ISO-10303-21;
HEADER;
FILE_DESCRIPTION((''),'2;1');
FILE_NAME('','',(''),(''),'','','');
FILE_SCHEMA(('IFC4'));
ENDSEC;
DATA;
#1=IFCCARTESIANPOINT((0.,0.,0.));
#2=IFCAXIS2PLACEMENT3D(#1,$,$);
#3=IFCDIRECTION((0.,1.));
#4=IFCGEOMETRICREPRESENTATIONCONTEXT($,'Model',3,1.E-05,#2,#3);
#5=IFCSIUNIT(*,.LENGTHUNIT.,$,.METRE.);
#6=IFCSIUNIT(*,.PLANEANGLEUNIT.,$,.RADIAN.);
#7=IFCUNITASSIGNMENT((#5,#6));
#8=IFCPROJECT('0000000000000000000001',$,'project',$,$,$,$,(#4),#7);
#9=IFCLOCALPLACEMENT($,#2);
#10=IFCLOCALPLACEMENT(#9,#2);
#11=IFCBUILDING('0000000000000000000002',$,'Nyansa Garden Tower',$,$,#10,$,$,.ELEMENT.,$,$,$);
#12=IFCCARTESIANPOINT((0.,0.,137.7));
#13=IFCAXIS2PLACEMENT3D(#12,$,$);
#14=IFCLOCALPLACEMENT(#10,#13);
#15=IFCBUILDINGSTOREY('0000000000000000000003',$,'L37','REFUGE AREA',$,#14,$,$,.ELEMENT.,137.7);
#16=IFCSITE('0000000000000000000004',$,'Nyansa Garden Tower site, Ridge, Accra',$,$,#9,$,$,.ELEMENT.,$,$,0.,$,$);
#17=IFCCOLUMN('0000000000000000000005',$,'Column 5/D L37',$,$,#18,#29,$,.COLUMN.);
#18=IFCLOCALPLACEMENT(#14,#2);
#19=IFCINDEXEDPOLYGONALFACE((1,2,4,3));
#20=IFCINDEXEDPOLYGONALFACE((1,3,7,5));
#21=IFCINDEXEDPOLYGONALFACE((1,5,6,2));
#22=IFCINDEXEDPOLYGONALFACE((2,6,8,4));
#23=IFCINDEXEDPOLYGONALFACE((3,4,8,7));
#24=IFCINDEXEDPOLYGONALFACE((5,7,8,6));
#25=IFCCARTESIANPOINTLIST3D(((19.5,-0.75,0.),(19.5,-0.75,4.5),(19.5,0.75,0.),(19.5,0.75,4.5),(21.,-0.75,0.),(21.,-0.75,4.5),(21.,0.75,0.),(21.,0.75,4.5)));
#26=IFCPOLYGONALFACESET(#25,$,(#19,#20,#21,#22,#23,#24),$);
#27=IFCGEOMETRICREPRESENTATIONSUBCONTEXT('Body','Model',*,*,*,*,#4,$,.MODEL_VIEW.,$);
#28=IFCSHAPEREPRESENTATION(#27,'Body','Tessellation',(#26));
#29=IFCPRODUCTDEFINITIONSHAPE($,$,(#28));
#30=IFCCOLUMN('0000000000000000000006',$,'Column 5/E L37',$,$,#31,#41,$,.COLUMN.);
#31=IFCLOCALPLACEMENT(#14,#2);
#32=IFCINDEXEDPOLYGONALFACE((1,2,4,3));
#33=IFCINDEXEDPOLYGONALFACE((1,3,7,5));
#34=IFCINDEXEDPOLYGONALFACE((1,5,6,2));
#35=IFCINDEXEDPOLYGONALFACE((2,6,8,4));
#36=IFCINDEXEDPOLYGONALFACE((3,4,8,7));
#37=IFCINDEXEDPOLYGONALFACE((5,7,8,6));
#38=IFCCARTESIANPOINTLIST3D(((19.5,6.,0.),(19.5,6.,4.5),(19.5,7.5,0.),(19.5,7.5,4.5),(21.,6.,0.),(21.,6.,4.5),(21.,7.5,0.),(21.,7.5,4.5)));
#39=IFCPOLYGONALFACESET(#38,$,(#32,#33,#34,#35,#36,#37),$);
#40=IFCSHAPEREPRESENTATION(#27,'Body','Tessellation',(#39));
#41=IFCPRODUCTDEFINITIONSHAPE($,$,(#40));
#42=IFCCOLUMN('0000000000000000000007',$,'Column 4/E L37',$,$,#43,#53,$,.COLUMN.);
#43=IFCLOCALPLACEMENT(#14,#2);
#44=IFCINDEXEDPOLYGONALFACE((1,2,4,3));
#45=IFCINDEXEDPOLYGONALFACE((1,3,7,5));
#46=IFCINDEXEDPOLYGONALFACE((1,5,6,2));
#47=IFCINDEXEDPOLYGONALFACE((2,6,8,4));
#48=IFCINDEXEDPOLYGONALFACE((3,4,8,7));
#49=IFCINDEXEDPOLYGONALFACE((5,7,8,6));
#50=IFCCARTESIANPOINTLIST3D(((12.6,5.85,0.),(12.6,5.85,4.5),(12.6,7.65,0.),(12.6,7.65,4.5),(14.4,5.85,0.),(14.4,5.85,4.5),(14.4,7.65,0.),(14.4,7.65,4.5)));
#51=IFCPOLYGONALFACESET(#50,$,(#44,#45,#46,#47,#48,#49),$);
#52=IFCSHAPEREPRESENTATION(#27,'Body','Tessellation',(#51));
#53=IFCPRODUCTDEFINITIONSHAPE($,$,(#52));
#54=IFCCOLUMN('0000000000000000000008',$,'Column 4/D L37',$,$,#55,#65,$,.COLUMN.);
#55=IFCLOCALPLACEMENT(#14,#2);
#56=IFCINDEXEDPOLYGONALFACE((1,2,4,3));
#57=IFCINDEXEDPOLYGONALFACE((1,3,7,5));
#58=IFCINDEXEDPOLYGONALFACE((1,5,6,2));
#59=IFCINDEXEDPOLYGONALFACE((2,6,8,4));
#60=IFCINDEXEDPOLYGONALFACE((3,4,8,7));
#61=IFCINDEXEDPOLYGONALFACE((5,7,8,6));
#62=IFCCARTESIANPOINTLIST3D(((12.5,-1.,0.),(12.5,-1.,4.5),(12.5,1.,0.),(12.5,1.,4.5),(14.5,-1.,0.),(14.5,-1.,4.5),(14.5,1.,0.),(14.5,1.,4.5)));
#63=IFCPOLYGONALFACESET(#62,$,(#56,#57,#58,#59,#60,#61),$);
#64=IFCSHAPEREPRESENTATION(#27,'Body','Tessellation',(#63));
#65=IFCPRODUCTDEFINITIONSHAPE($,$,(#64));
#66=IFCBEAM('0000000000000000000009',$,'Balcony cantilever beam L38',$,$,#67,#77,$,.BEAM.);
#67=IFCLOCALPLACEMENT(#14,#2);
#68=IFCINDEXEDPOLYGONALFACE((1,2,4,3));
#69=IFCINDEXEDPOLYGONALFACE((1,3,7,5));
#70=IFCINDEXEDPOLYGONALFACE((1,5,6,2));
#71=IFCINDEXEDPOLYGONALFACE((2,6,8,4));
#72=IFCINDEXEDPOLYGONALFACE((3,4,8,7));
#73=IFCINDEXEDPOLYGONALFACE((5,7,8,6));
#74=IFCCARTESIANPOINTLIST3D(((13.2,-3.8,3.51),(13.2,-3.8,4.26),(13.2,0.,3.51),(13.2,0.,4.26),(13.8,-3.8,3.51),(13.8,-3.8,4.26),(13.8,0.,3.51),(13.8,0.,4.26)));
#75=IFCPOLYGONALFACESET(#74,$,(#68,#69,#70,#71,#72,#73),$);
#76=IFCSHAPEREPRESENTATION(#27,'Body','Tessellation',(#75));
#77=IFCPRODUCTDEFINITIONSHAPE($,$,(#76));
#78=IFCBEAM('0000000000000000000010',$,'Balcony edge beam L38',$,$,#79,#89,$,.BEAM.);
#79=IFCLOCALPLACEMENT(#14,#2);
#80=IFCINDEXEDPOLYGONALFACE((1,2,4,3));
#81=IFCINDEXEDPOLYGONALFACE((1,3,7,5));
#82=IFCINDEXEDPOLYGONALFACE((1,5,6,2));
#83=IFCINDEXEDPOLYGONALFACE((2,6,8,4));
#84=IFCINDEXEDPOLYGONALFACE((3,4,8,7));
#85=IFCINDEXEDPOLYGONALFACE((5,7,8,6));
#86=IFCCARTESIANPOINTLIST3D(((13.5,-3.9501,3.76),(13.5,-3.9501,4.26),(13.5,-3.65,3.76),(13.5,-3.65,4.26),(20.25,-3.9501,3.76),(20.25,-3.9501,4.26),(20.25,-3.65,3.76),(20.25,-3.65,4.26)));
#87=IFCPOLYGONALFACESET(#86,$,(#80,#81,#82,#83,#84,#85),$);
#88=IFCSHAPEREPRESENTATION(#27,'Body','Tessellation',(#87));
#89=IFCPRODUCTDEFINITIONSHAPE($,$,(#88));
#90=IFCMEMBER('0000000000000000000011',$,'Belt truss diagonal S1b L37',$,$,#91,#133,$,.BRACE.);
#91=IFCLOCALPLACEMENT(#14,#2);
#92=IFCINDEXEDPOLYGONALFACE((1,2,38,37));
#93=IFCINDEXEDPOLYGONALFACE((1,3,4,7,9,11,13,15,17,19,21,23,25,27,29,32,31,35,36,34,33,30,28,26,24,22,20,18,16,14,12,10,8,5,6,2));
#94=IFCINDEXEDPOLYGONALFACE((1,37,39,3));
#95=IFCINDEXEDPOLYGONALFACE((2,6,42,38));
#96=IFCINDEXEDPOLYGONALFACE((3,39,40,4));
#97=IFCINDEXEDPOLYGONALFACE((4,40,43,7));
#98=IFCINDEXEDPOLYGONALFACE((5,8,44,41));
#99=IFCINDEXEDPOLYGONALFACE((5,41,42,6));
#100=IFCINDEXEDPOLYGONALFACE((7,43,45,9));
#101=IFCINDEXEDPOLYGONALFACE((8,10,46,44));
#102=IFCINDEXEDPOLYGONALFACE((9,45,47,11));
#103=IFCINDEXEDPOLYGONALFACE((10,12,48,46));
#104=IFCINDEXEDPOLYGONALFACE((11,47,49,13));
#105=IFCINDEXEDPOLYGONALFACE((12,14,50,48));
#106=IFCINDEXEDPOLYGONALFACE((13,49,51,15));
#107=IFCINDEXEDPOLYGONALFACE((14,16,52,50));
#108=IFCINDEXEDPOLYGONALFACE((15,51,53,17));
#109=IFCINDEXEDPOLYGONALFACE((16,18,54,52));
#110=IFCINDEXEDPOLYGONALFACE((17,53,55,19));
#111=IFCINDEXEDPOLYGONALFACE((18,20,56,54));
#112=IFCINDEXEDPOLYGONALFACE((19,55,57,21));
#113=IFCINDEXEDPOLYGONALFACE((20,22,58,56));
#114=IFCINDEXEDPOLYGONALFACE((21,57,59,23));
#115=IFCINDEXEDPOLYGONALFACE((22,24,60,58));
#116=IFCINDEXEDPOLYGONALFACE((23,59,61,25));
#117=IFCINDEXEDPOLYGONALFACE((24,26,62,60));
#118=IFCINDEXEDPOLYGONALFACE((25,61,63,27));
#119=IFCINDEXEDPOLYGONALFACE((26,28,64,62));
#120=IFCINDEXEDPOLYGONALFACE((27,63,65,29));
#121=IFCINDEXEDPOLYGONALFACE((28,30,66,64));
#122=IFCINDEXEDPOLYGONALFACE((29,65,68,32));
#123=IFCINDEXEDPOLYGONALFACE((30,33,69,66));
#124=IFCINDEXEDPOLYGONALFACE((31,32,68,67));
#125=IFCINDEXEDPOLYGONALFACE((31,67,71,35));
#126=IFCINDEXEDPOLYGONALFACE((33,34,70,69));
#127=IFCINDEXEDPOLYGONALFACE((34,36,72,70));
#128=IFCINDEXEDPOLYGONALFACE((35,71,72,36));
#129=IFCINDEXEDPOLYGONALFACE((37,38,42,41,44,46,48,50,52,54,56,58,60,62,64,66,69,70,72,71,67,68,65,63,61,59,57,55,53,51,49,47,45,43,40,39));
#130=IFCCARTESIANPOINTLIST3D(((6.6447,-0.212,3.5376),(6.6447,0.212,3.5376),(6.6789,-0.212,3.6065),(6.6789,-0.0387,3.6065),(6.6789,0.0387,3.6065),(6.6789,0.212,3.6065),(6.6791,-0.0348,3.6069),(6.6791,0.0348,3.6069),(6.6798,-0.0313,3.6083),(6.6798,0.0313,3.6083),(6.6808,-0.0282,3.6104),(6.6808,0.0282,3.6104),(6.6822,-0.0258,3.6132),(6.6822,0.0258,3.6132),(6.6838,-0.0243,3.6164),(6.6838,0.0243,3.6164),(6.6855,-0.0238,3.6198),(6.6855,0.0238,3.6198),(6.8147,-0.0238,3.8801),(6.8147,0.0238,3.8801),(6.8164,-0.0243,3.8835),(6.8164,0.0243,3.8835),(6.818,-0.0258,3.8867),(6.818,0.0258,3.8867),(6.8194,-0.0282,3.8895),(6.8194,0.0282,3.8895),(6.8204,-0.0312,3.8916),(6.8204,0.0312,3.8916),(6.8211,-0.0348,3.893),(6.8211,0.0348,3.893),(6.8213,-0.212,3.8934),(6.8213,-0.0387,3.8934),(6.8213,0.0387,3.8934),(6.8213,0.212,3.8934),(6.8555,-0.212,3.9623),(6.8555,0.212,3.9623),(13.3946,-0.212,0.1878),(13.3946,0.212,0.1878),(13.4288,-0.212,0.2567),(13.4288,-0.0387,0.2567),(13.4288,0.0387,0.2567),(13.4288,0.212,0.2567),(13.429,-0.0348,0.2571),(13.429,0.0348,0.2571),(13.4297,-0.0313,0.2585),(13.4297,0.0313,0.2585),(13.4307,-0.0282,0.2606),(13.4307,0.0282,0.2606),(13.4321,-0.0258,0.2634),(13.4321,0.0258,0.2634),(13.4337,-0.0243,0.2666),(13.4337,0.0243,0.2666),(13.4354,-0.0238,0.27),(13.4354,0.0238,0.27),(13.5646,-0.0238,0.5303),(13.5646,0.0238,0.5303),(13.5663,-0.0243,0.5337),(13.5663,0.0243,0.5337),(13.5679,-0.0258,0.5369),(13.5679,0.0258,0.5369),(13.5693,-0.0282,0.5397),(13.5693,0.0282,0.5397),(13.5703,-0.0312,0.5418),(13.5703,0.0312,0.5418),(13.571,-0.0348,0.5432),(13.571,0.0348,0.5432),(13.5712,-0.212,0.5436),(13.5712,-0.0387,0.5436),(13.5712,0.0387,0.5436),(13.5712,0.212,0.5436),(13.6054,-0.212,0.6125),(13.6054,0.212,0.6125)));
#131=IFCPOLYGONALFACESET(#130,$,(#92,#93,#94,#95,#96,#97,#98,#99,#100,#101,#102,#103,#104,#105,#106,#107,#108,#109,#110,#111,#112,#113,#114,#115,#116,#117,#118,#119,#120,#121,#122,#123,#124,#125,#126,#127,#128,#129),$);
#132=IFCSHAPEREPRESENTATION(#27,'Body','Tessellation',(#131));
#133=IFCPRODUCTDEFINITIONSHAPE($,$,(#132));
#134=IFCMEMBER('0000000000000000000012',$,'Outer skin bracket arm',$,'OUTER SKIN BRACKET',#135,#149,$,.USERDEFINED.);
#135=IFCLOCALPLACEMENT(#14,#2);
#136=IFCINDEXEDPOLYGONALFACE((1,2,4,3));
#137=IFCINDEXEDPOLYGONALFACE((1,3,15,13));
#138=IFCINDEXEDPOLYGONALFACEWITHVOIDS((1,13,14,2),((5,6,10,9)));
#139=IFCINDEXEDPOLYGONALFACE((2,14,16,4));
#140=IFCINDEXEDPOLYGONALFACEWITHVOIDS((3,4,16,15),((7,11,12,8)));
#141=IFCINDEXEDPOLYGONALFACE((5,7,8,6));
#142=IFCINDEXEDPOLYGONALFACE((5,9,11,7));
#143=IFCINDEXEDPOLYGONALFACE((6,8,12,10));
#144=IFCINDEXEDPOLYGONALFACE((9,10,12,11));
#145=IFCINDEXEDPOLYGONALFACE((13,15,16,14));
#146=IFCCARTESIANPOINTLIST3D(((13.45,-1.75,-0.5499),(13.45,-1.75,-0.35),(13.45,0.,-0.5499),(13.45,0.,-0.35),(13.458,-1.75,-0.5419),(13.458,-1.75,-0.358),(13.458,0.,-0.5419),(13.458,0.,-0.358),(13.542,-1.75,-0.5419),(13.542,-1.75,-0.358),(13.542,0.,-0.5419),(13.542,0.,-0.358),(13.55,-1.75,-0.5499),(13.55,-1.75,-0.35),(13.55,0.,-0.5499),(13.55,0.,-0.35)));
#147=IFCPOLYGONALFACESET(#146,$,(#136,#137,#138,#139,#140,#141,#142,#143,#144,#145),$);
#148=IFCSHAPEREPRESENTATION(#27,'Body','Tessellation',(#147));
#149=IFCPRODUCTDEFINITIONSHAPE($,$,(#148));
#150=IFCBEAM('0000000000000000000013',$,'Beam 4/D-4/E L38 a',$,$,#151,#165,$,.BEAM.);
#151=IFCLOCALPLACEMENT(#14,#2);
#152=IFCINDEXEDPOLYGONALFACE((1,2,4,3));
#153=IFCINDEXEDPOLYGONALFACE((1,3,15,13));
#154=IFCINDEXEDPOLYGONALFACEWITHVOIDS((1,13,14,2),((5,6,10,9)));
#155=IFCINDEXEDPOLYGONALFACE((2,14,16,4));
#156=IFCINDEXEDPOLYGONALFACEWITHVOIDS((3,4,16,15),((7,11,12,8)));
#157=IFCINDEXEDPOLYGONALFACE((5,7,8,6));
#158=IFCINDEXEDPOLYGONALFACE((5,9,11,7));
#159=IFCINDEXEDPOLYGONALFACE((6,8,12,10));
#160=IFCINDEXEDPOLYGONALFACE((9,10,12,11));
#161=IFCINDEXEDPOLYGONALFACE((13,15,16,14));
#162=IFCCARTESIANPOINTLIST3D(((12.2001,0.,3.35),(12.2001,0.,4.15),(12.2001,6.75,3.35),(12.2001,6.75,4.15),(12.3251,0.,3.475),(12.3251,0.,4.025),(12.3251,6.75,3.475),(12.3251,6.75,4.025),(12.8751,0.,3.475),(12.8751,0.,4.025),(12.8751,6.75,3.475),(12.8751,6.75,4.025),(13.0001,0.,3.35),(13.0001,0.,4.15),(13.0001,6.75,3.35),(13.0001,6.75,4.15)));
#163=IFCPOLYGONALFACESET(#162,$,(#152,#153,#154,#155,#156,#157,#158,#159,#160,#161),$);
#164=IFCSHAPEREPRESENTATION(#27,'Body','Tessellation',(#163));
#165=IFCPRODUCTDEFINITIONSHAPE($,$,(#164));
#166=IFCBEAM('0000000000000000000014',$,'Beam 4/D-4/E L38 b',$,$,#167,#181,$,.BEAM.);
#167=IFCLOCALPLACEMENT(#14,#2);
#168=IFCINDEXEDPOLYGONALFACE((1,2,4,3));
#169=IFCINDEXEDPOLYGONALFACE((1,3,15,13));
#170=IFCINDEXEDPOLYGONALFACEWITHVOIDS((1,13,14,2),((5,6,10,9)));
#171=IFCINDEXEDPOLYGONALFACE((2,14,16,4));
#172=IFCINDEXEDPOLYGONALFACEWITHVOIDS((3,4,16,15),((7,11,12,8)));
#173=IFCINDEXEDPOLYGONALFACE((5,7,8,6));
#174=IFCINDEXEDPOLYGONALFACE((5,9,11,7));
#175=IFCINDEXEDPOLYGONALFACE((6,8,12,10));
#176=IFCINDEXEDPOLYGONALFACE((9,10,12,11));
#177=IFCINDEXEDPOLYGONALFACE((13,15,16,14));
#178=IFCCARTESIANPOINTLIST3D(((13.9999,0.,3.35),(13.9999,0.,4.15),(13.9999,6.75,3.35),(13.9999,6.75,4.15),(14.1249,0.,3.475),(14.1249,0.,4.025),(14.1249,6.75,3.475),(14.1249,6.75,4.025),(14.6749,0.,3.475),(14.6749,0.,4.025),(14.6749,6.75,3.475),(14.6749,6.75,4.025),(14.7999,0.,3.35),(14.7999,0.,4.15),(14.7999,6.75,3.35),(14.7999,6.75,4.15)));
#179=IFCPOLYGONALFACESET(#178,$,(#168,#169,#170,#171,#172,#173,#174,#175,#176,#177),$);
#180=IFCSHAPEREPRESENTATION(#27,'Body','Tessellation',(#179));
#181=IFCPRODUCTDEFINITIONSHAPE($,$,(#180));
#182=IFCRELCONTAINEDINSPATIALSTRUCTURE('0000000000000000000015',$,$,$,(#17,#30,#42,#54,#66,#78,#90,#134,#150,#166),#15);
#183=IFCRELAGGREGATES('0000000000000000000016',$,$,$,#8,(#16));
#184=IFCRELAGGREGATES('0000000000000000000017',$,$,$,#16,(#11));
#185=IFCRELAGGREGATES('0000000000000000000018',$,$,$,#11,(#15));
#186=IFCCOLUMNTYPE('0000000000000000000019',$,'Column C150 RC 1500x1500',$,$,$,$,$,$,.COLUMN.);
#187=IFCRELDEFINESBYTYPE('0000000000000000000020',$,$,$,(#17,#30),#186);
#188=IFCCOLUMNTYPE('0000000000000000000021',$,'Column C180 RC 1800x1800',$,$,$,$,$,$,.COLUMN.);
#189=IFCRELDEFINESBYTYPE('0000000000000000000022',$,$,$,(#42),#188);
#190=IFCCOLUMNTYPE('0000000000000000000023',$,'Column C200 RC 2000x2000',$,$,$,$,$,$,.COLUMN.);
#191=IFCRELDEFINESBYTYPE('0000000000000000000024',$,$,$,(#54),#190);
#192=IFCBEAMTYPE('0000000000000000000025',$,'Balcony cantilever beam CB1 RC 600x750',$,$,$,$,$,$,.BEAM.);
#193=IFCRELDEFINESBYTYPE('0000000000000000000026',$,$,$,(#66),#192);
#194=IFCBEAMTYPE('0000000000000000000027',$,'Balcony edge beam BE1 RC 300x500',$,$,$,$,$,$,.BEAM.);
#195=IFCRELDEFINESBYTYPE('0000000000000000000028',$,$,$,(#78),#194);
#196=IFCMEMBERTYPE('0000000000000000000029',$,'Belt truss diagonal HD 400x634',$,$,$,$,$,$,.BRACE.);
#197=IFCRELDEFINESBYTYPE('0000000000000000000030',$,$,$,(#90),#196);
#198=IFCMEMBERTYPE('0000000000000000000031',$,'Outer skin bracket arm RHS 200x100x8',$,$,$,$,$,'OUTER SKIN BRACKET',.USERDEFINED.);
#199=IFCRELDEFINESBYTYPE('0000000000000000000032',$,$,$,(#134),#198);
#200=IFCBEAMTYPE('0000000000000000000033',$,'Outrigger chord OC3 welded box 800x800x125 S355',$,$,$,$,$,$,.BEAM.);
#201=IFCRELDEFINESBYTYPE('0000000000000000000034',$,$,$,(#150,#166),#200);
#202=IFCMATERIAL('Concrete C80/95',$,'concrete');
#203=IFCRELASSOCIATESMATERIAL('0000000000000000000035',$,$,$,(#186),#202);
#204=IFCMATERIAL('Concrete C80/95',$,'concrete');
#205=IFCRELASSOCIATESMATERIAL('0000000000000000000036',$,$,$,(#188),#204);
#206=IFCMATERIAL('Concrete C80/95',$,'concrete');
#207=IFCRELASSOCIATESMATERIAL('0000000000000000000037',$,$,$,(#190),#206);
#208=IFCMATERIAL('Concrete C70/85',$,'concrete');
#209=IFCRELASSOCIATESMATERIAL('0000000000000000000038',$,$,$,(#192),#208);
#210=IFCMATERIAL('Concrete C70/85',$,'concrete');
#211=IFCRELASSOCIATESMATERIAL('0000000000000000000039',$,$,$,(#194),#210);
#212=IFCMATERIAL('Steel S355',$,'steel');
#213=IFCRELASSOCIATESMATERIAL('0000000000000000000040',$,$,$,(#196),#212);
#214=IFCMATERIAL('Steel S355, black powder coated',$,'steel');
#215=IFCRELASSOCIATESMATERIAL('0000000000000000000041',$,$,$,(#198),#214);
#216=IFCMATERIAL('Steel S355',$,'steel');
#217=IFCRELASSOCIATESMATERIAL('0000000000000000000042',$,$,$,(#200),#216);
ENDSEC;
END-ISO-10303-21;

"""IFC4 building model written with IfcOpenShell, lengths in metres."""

from ifc_helpers import new_model, si_unit, direction, frame, origin, origin_2d, place, context, subcontext, project, spatial, rectangle, hollow_rectangle, i_section, extrude, material, material_profile, profile_set, type_object, element, save


model = new_model("IFC4")

# Units and contexts
model_context = context("Model", 3, precision=1e-05, world=origin(), true_north=direction((0.0, 1.0)))
body_context = subcontext(model_context, "Body", "Model", "MODEL_VIEW")
ifc_project = project(units=[si_unit("LENGTHUNIT", "METRE"), si_unit("PLANEANGLEUNIT", "RADIAN")], contexts=[model_context])

# Site, building, storey
site_placement = place(None, origin())
site = spatial("IfcSite", under=ifc_project, at=site_placement, Name="Nyansa Garden Tower site, Ridge, Accra", CompositionType="ELEMENT", RefElevation=0.0)
building_placement = place(site_placement, origin())
building = spatial("IfcBuilding", under=site, at=building_placement, Name="Nyansa Garden Tower", CompositionType="ELEMENT")
storey_placement = place(building_placement, frame((0.0, 0.0, 137.7)))
storey = spatial("IfcBuildingStorey", under=building, at=storey_placement, Name="L37", Description="REFUGE AREA", CompositionType="ELEMENT", Elevation=137.7)

# Columns
ifc_material_1 = material(Name="Concrete C80/95", Category="concrete")
ifc_material_profile_1 = material_profile(ifc_material_1, rectangle(XDim=1.5, YDim=1.5, at=origin_2d()), Name="RC 1500x1500")
ifc_profile_set_1 = profile_set([ifc_material_profile_1], Name="Concrete C80/95")
column_type_1 = type_object("IfcColumnType", Name="Column C150 RC 1500x1500", PredefinedType="COLUMN", material=ifc_profile_set_1)
for number, where, z_axis, x_axis, name in (
    (1, (20.25, 0.0, 0.0), (0.0, 0.0, 1.0), (1.0, 0.0, 0.0), "Column 5/D L37"),
    (2, (20.25, 6.75, 0.0), (0.0, 0.0, 1.0), (1.0, 0.0, 0.0), "Column 5/E L37"),
):
    element("IfcColumn", number, at=place(storey_placement, frame(where, z_axis=z_axis, x_axis=x_axis)), inside=storey, type_object=column_type_1, Name=name, PredefinedType="COLUMN", context=body_context, shape_type="SweptSolid", body=[
        extrude(rectangle(XDim=1.5, YDim=1.5, at=origin_2d()), origin(), (0.0, 0.0, 1.0), 4.5),
    ])
ifc_material_2 = material(Name="Concrete C80/95", Category="concrete")
ifc_material_profile_2 = material_profile(ifc_material_2, rectangle(XDim=1.8, YDim=1.8, at=origin_2d()), Name="RC 1800x1800")
ifc_profile_set_2 = profile_set([ifc_material_profile_2], Name="Concrete C80/95")
column_type_2 = type_object("IfcColumnType", Name="Column C180 RC 1800x1800", PredefinedType="COLUMN", material=ifc_profile_set_2)
column_1_placement = place(storey_placement, frame((13.5, 6.75, 0.0), z_axis=(0.0, 0.0, 1.0), x_axis=(1.0, 0.0, 0.0)))
element("IfcColumn", 3, at=column_1_placement, inside=storey, type_object=column_type_2, Name="Column 4/E L37", PredefinedType="COLUMN", context=body_context, shape_type="SweptSolid", body=[
    extrude(rectangle(XDim=1.8, YDim=1.8, at=origin_2d()), origin(), (0.0, 0.0, 1.0), 4.5),
])
ifc_material_3 = material(Name="Concrete C80/95", Category="concrete")
ifc_material_profile_3 = material_profile(ifc_material_3, rectangle(XDim=2.0, YDim=2.0, at=origin_2d()), Name="RC 2000x2000")
ifc_profile_set_3 = profile_set([ifc_material_profile_3], Name="Concrete C80/95")
column_type_3 = type_object("IfcColumnType", Name="Column C200 RC 2000x2000", PredefinedType="COLUMN", material=ifc_profile_set_3)
column_2_placement = place(storey_placement, frame((13.5, 0.0, 0.0), z_axis=(0.0, 0.0, 1.0), x_axis=(1.0, 0.0, 0.0)))
element("IfcColumn", 4, at=column_2_placement, inside=storey, type_object=column_type_3, Name="Column 4/D L37", PredefinedType="COLUMN", context=body_context, shape_type="SweptSolid", body=[
    extrude(rectangle(XDim=2.0, YDim=2.0, at=origin_2d()), origin(), (0.0, 0.0, 1.0), 4.5),
])

# Beams
ifc_material_4 = material(Name="Concrete C70/85", Category="concrete")
ifc_material_profile_4 = material_profile(ifc_material_4, rectangle(XDim=0.6001, YDim=0.75, at=origin_2d()), Name="RC 600x750")
ifc_profile_set_4 = profile_set([ifc_material_profile_4], Name="Concrete C70/85")
beam_type_1 = type_object("IfcBeamType", Name="Balcony cantilever beam CB1 RC 600x750", PredefinedType="BEAM", material=ifc_profile_set_4)
beam_1_placement = place(storey_placement, frame((13.5, 0.0, 3.885), z_axis=(0.0, -1.0, 0.0), x_axis=(1.0, 0.0, 0.0)))
element("IfcBeam", 5, at=beam_1_placement, inside=storey, type_object=beam_type_1, Name="Balcony cantilever beam L38", PredefinedType="BEAM", context=body_context, shape_type="SweptSolid", body=[
    extrude(rectangle(XDim=0.6001, YDim=0.75, at=origin_2d()), origin(), (0.0, 0.0, 1.0), 3.8),
])
ifc_material_5 = material(Name="Concrete C70/85", Category="concrete")
ifc_material_profile_5 = material_profile(ifc_material_5, rectangle(XDim=0.3, YDim=0.5, at=origin_2d()), Name="RC 300x500")
ifc_profile_set_5 = profile_set([ifc_material_profile_5], Name="Concrete C70/85")
beam_type_2 = type_object("IfcBeamType", Name="Balcony edge beam BE1 RC 300x500", PredefinedType="BEAM", material=ifc_profile_set_5)
beam_2_placement = place(storey_placement, frame((13.5, -3.8, 4.01), z_axis=(1.0, 0.0, 0.0), x_axis=(0.0, 1.0, 0.0)))
element("IfcBeam", 6, at=beam_2_placement, inside=storey, type_object=beam_type_2, Name="Balcony edge beam L38", PredefinedType="BEAM", context=body_context, shape_type="SweptSolid", body=[
    extrude(rectangle(XDim=0.3, YDim=0.5, at=origin_2d()), origin(), (0.0, 0.0, 1.0), 6.75),
])

# Members
ifc_material_6 = material(Name="Steel S355", Category="steel")
ifc_material_profile_6 = material_profile(ifc_material_6, i_section(OverallWidth=0.4241, OverallDepth=0.4741, WebThickness=0.0476, FlangeThickness=0.0769, FilletRadius=0.0149, at=origin_2d()), Name="HD 400x634")
ifc_profile_set_6 = profile_set([ifc_material_profile_6], Name="Steel S355")
member_type_1 = type_object("IfcMemberType", Name="Belt truss diagonal HD 400x634", PredefinedType="BRACE", material=ifc_profile_set_6)
member_1_placement = place(storey_placement, frame((13.5, 0.0, 0.4001), z_axis=(-0.895758, 0.0, 0.444542), x_axis=(0.0, -1.0, 0.0)))
element("IfcMember", 7, at=member_1_placement, inside=storey, type_object=member_type_1, Name="Belt truss diagonal S1b L37", PredefinedType="BRACE", context=body_context, shape_type="SweptSolid", body=[
    extrude(i_section(OverallWidth=0.4241, OverallDepth=0.4741, WebThickness=0.0476, FlangeThickness=0.0769, FilletRadius=0.0149, at=origin_2d()), origin(), (0.0, 0.0, 1.0), 7.5354),
])
ifc_material_7 = material(Name="Steel S355, black powder coated", Category="steel")
ifc_material_profile_7 = material_profile(ifc_material_7, hollow_rectangle(XDim=0.1001, YDim=0.2, WallThickness=0.0081, at=origin_2d()), Name="RHS 200x100x8")
ifc_profile_set_7 = profile_set([ifc_material_profile_7], Name="Steel S355, black powder coated")
member_type_2 = type_object("IfcMemberType", Name="Outer skin bracket arm RHS 200x100x8", ElementType="OUTER SKIN BRACKET", PredefinedType="USERDEFINED", material=ifc_profile_set_7)
member_2_placement = place(storey_placement, frame((13.5, 0.0, -0.45), z_axis=(0.0, -1.0, 0.0), x_axis=(1.0, 0.0, 0.0)))
element("IfcMember", 8, at=member_2_placement, inside=storey, type_object=member_type_2, Name="Outer skin bracket arm", ObjectType="OUTER SKIN BRACKET", PredefinedType="USERDEFINED", context=body_context, shape_type="SweptSolid", body=[
    extrude(hollow_rectangle(XDim=0.1001, YDim=0.2, WallThickness=0.0081, at=origin_2d()), origin(), (0.0, 0.0, 1.0), 1.75),
])

# Beams
ifc_material_8 = material(Name="Steel S355", Category="steel")
ifc_material_profile_8 = material_profile(ifc_material_8, hollow_rectangle(XDim=0.8, YDim=0.8, WallThickness=0.125, at=origin_2d()), Name="Welded box 800x800x125")
ifc_profile_set_8 = profile_set([ifc_material_profile_8], Name="Steel S355")
beam_type_3 = type_object("IfcBeamType", Name="Outrigger chord OC3 welded box 800x800x125 S355", PredefinedType="BEAM", material=ifc_profile_set_8)
for number, where, z_axis, x_axis, name in (
    (9, (12.6001, 0.0, 3.75), (0.0, 1.0, 0.0), (-1.0, 0.0, 0.0), "Beam 4/D-4/E L38 a"),
    (10, (14.3999, 0.0, 3.75), (0.0, 1.0, 0.0), (-1.0, 0.0, 0.0), "Beam 4/D-4/E L38 b"),
):
    element("IfcBeam", number, at=place(storey_placement, frame(where, z_axis=z_axis, x_axis=x_axis)), inside=storey, type_object=beam_type_3, Name=name, PredefinedType="BEAM", context=body_context, shape_type="SweptSolid", body=[
        extrude(hollow_rectangle(XDim=0.8, YDim=0.8, WallThickness=0.125, at=origin_2d()), origin(), (0.0, 0.0, 1.0), 6.75),
    ])

save(model, "model.ifc")
